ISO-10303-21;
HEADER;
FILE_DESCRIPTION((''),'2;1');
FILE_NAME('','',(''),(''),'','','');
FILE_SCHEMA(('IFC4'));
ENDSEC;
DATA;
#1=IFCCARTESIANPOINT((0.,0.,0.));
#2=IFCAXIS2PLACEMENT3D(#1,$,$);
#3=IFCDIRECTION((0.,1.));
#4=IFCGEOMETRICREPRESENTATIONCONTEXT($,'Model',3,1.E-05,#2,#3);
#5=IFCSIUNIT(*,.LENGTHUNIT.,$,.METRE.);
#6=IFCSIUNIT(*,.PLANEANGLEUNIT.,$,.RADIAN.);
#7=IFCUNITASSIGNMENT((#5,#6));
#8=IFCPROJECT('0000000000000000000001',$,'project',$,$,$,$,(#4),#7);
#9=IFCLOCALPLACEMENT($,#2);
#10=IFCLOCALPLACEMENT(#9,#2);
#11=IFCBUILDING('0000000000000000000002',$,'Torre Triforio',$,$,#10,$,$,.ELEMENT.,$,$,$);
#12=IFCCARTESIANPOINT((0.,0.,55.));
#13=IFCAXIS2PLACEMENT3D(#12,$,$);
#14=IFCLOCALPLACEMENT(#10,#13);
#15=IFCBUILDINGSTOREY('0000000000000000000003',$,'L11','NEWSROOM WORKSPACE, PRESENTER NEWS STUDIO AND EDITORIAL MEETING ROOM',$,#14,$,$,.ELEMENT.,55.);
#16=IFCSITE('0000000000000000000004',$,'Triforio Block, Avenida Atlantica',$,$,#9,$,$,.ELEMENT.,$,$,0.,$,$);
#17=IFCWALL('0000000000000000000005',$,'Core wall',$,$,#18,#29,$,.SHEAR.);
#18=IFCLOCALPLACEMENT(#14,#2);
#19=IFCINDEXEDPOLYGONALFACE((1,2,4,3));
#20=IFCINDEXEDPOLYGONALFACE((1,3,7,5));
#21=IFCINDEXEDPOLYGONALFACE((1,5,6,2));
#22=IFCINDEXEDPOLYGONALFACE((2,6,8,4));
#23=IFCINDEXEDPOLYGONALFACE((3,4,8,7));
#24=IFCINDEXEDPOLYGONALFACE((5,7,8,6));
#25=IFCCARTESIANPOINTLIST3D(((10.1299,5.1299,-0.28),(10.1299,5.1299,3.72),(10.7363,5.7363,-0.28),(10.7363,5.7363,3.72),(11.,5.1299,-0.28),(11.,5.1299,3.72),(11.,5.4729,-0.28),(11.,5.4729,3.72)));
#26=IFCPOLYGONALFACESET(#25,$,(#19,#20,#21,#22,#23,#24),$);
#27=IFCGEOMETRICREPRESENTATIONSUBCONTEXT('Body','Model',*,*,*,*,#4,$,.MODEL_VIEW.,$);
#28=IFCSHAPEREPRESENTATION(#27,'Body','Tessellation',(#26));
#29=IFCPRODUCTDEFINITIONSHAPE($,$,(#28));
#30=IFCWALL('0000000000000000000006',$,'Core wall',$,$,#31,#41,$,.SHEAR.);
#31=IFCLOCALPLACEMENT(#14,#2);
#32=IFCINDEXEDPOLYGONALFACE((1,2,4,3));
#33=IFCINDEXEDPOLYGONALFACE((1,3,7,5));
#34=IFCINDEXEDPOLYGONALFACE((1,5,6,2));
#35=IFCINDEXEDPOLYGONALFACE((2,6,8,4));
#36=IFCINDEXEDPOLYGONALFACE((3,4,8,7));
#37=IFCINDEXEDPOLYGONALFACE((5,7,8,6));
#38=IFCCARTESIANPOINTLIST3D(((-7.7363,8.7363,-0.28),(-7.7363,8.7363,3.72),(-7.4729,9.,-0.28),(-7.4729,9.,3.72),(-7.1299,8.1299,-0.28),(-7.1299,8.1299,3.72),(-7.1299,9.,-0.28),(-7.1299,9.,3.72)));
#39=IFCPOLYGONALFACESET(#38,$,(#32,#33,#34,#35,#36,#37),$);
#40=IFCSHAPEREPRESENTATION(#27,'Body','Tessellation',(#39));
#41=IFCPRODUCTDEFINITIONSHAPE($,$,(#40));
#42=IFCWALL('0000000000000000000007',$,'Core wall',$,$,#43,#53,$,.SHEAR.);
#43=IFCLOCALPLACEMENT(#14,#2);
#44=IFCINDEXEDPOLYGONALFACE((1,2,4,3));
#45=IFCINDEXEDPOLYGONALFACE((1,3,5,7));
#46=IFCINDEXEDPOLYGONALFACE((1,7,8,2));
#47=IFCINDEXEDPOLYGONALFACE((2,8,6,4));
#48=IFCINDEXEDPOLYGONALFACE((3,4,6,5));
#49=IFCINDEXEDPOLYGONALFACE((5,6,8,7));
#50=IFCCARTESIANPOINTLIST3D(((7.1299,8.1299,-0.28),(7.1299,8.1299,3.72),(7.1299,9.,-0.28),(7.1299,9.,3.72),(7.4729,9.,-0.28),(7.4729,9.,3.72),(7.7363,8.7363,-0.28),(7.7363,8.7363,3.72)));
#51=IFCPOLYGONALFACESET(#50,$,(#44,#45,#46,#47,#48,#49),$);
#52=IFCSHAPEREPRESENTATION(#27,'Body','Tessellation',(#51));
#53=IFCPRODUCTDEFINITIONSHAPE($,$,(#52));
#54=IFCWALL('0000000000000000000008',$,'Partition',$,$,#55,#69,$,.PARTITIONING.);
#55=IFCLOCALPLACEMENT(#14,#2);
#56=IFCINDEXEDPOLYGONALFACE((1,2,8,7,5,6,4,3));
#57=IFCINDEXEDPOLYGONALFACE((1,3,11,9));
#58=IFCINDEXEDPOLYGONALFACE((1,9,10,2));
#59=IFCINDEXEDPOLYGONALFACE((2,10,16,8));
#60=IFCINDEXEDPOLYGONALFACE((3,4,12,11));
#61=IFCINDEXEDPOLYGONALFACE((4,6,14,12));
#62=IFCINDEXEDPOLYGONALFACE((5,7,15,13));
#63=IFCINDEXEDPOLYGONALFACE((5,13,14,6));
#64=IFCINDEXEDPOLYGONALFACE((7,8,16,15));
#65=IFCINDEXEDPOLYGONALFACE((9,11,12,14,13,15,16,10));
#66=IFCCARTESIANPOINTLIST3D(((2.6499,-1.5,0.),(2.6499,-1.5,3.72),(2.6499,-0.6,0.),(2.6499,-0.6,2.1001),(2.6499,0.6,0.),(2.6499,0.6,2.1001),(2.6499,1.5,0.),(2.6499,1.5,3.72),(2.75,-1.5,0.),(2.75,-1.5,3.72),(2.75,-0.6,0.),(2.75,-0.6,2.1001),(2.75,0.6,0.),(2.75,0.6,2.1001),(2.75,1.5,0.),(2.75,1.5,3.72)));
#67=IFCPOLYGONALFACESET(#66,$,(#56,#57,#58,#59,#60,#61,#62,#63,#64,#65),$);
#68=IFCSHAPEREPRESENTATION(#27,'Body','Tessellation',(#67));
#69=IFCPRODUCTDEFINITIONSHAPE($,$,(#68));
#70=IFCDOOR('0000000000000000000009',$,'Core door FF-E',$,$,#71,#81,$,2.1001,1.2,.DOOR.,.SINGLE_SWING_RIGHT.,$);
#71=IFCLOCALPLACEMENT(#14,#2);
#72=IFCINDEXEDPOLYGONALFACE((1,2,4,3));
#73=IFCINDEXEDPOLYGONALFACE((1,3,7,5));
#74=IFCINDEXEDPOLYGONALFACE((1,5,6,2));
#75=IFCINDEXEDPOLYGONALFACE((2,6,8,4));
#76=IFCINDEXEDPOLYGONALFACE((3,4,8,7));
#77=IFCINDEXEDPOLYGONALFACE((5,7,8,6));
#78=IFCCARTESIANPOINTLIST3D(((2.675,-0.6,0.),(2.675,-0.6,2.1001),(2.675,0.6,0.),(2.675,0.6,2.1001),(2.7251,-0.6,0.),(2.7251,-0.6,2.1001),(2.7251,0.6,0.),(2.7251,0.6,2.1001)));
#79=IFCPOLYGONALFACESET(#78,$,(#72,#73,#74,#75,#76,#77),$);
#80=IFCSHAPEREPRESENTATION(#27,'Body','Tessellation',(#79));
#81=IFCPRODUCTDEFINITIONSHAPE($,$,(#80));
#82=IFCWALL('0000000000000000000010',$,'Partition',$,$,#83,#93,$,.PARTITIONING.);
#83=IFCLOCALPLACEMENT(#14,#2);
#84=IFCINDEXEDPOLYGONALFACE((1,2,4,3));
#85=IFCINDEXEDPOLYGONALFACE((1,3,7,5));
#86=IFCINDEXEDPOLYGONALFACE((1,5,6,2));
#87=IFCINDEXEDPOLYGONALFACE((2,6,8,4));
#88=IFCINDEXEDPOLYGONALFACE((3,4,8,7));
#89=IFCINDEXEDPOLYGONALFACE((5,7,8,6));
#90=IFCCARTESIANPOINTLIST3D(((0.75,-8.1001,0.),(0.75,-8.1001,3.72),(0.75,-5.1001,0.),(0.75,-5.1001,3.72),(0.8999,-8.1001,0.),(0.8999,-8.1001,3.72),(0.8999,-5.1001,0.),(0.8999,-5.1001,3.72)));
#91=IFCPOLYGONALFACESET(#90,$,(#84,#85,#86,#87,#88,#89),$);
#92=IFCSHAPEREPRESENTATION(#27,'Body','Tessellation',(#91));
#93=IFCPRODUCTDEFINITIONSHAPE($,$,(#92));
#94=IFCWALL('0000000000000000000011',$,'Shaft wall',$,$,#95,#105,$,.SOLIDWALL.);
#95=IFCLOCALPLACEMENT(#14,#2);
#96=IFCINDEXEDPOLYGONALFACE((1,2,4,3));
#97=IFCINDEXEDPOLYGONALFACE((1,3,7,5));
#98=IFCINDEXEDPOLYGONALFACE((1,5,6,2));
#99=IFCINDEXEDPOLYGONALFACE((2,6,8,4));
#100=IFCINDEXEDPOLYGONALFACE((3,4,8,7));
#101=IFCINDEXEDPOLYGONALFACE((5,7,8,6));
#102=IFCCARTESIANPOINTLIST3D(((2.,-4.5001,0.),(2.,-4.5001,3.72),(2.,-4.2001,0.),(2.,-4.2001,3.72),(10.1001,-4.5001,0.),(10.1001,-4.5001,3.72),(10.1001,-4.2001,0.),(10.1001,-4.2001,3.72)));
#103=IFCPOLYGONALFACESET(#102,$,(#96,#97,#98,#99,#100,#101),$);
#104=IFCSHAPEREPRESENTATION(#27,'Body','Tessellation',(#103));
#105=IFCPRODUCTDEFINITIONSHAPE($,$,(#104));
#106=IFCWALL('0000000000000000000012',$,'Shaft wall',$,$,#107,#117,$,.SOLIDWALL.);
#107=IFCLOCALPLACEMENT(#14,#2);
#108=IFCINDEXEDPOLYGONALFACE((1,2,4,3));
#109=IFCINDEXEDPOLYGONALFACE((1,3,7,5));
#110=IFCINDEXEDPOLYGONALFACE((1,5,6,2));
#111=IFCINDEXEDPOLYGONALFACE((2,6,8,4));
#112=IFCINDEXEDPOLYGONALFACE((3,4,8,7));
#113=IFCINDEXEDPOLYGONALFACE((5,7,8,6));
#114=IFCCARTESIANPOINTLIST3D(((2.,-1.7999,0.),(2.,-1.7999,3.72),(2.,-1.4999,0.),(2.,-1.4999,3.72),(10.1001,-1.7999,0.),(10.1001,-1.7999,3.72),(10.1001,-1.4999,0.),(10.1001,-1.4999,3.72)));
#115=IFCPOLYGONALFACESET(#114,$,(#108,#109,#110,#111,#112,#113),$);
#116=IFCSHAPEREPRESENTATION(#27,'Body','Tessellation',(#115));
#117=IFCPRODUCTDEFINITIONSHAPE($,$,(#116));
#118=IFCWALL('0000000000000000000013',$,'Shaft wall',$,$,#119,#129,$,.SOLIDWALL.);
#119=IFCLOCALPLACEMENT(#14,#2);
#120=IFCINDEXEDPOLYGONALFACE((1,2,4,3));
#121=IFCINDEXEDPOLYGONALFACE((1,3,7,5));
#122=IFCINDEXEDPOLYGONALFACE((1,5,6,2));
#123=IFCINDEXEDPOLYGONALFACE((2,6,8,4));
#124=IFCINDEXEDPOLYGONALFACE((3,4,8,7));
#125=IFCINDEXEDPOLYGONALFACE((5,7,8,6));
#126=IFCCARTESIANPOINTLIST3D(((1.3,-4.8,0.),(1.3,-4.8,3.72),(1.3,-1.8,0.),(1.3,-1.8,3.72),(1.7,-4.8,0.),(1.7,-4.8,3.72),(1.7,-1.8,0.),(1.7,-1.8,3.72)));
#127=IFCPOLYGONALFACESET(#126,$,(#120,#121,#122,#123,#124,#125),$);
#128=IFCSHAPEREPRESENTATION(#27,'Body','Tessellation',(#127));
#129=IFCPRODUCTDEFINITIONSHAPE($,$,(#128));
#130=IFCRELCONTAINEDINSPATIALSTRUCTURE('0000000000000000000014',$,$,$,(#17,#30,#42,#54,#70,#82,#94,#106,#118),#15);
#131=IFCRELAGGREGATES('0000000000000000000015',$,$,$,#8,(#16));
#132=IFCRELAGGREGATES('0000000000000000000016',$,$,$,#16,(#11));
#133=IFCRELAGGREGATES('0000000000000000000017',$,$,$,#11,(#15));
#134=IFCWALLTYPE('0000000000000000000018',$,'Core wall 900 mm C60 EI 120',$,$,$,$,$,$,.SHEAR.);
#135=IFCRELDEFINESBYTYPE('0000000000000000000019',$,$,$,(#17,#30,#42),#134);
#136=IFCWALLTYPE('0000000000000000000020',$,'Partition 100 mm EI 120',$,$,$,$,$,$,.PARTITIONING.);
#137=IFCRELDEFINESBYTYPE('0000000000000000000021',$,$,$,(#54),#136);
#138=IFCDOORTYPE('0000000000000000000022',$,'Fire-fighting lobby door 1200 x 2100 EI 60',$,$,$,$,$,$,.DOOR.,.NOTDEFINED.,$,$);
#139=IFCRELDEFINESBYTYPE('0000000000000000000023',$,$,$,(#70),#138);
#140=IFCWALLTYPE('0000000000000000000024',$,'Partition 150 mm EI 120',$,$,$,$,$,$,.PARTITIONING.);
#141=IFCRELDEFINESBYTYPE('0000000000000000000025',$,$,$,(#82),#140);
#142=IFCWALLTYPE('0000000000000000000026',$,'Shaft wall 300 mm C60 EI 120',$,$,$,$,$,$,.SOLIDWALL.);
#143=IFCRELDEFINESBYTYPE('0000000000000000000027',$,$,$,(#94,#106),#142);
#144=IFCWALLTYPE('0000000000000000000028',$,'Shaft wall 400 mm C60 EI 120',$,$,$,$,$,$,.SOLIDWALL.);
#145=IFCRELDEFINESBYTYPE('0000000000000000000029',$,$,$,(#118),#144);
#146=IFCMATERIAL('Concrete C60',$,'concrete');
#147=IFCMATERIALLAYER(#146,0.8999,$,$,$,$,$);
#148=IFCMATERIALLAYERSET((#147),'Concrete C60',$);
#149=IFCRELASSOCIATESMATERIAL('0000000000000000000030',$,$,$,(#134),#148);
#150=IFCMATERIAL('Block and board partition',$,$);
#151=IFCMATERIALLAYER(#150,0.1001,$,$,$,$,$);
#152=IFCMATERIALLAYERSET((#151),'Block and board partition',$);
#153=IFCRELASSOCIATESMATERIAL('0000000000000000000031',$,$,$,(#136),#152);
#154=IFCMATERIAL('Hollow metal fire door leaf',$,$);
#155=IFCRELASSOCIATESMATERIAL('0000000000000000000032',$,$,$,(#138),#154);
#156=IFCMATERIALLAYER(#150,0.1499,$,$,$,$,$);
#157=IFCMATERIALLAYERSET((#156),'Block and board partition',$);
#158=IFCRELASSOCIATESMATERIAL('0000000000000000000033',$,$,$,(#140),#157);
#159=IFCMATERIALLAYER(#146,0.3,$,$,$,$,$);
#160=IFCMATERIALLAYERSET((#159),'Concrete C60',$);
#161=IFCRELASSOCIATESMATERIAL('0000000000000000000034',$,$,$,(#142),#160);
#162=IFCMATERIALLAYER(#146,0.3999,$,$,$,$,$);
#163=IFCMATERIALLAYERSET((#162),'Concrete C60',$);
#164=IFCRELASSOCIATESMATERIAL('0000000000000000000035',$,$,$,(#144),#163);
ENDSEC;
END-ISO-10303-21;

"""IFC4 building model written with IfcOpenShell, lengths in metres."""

from ifc_helpers import new_model, si_unit, direction, frame, frame_2d, origin, place, context, subcontext, project, spatial, polyline, rectangle, outline, extrude, material, layer, layer_set, type_object, element, fill, save


model = new_model("IFC4")

# Units and contexts
model_context = context("Model", 3, precision=1e-05, world=origin(), true_north=direction((0.0, 1.0)))
body_context = subcontext(model_context, "Body", "Model", "MODEL_VIEW")
ifc_project = project(units=[si_unit("LENGTHUNIT", "METRE"), si_unit("PLANEANGLEUNIT", "RADIAN")], contexts=[model_context])

# Site, building, storey
site_placement = place(None, origin())
site = spatial("IfcSite", under=ifc_project, at=site_placement, Name="Triforio Block, Avenida Atlantica", CompositionType="ELEMENT", RefElevation=0.0)
building_placement = place(site_placement, origin())
building = spatial("IfcBuilding", under=site, at=building_placement, Name="Torre Triforio", CompositionType="ELEMENT")
storey_placement = place(building_placement, frame((0.0, 0.0, 55.0)))
storey = spatial("IfcBuildingStorey", under=building, at=storey_placement, Name="L11", Description="NEWSROOM WORKSPACE, PRESENTER NEWS STUDIO AND EDITORIAL MEETING ROOM", CompositionType="ELEMENT", Elevation=55.0)

# Shared definitions
ifc_material_1 = material(Name="Concrete C60", Category="concrete")

# Walls
ifc_layer_1 = layer(ifc_material_1, 0.8999)
ifc_layer_set_1 = layer_set([ifc_layer_1], Name="Concrete C60")
wall_type_1 = type_object("IfcWallType", Name="Core wall 900 mm C60 EI 120", PredefinedType="SHEAR", material=ifc_layer_set_1)
wall_1_placement = place(storey_placement, frame((0.0, 0.0, -0.28)))
element("IfcWall", 1, at=wall_1_placement, inside=storey, type_object=wall_type_1, Name="Core wall", PredefinedType="SHEAR", context=body_context, shape_type="SweptSolid", body=[
    extrude(outline(polyline([(11.0, 5.4729), (11.0, 5.1299), (10.1299, 5.1299), (10.7363, 5.7363), (11.0, 5.4729)])), origin(), (0.0, 0.0, 1.0), 4.0),
])
wall_2_placement = place(storey_placement, frame((0.0, 0.0, -0.28)))
element("IfcWall", 2, at=wall_2_placement, inside=storey, type_object=wall_type_1, Name="Core wall", PredefinedType="SHEAR", context=body_context, shape_type="SweptSolid", body=[
    extrude(outline(polyline([(-7.4729, 9.0), (-7.1299, 9.0), (-7.1299, 8.1299), (-7.7363, 8.7363), (-7.4729, 9.0)])), origin(), (0.0, 0.0, 1.0), 4.0),
])
wall_3_placement = place(storey_placement, frame((0.0, 0.0, -0.28)))
element("IfcWall", 3, at=wall_3_placement, inside=storey, type_object=wall_type_1, Name="Core wall", PredefinedType="SHEAR", context=body_context, shape_type="SweptSolid", body=[
    extrude(outline(polyline([(7.4729, 9.0), (7.7363, 8.7363), (7.1299, 8.1299), (7.1299, 9.0), (7.4729, 9.0)])), origin(), (0.0, 0.0, 1.0), 4.0),
])

# Wall, opening, door
ifc_material_2 = material(Name="Block and board partition")
ifc_layer_2 = layer(ifc_material_2, 0.1001)
ifc_layer_set_2 = layer_set([ifc_layer_2], Name="Block and board partition")
wall_type_2 = type_object("IfcWallType", Name="Partition 100 mm EI 120", PredefinedType="PARTITIONING", material=ifc_layer_set_2)
wall_4_placement = place(storey_placement, frame((2.7, -1.5, 0.0), z_axis=(0.0, 0.0, 1.0), x_axis=(0.0, 1.0, 0.0)))
wall_4 = element("IfcWall", 4, at=wall_4_placement, inside=storey, type_object=wall_type_2, Name="Partition", PredefinedType="PARTITIONING", context=body_context, shape_type="SweptSolid", body=[
    extrude(rectangle(XDim=3.0, YDim=0.1001, at=frame_2d((1.5, 0.0))), origin(), (0.0, 0.0, 1.0), 3.72),
])
opening_placement = place(wall_4_placement, frame((0.8999, 0.0, 0.0)))
opening = element("IfcOpeningElement", 5, at=opening_placement, cuts=wall_4, PredefinedType="OPENING", context=body_context, shape_type="SweptSolid", body=[
    extrude(rectangle(XDim=1.2, YDim=2.1001, at=frame_2d((0.6001, 1.05))), frame((0.0, 0.0601, 0.0), z_axis=(0.0, -1.0, 0.0), x_axis=(1.0, 0.0, 0.0)), (0.0, 0.0, 1.0), 0.1201),
])
ifc_material_3 = material(Name="Hollow metal fire door leaf")
door_type = type_object("IfcDoorType", Name="Fire-fighting lobby door 1200 x 2100 EI 60", OperationType="NOTDEFINED", PredefinedType="DOOR", material=ifc_material_3)
door_placement = place(opening_placement, origin())
door = element("IfcDoor", 6, at=door_placement, inside=storey, type_object=door_type, Name="Core door FF-E", OperationType="SINGLE_SWING_RIGHT", OverallHeight=2.1001, OverallWidth=1.2, PredefinedType="DOOR", context=body_context, shape_type="SweptSolid", body=[
    extrude(rectangle(XDim=1.2, YDim=2.1001, at=frame_2d((0.6001, 1.05))), frame((0.0, 0.0249, 0.0), z_axis=(0.0, -1.0, 0.0), x_axis=(1.0, 0.0, 0.0)), (0.0, 0.0, 1.0), 0.05),
])
fill(opening, door)

# Walls
ifc_layer_3 = layer(ifc_material_2, 0.1499)
ifc_layer_set_3 = layer_set([ifc_layer_3], Name="Block and board partition")
wall_type_3 = type_object("IfcWallType", Name="Partition 150 mm EI 120", PredefinedType="PARTITIONING", material=ifc_layer_set_3)
wall_5_placement = place(storey_placement, frame((0.825, -8.1001, 0.0), z_axis=(0.0, 0.0, 1.0), x_axis=(0.0, 1.0, 0.0)))
element("IfcWall", 7, at=wall_5_placement, inside=storey, type_object=wall_type_3, Name="Partition", PredefinedType="PARTITIONING", context=body_context, shape_type="SweptSolid", body=[
    extrude(rectangle(XDim=3.0, YDim=0.1499, at=frame_2d((1.5, 0.0))), origin(), (0.0, 0.0, 1.0), 3.72),
])
ifc_layer_4 = layer(ifc_material_1, 0.3)
ifc_layer_set_4 = layer_set([ifc_layer_4], Name="Concrete C60")
wall_type_4 = type_object("IfcWallType", Name="Shaft wall 300 mm C60 EI 120", PredefinedType="SOLIDWALL", material=ifc_layer_set_4)
for number, where, z_axis, x_axis, name in (
    (8, (2.0, -4.3501, 0.0), (0.0, 0.0, 1.0), (1.0, 0.0, 0.0), "Shaft wall"),
    (9, (2.0, -1.6499, 0.0), (0.0, 0.0, 1.0), (1.0, 0.0, 0.0), "Shaft wall"),
):
    element("IfcWall", number, at=place(storey_placement, frame(where, z_axis=z_axis, x_axis=x_axis)), inside=storey, type_object=wall_type_4, Name=name, PredefinedType="SOLIDWALL", context=body_context, shape_type="SweptSolid", body=[
        extrude(rectangle(XDim=8.1001, YDim=0.3, at=frame_2d((4.05, 0.0))), origin(), (0.0, 0.0, 1.0), 3.72),
    ])
ifc_layer_5 = layer(ifc_material_1, 0.3999)
ifc_layer_set_5 = layer_set([ifc_layer_5], Name="Concrete C60")
wall_type_5 = type_object("IfcWallType", Name="Shaft wall 400 mm C60 EI 120", PredefinedType="SOLIDWALL", material=ifc_layer_set_5)
wall_6_placement = place(storey_placement, frame((1.5, -4.8, 0.0), z_axis=(0.0, 0.0, 1.0), x_axis=(0.0, 1.0, 0.0)))
element("IfcWall", 10, at=wall_6_placement, inside=storey, type_object=wall_type_5, Name="Shaft wall", PredefinedType="SOLIDWALL", context=body_context, shape_type="SweptSolid", body=[
    extrude(rectangle(XDim=3.0, YDim=0.3999, at=frame_2d((1.5, 0.0))), origin(), (0.0, 0.0, 1.0), 3.72),
])

save(model, "model.ifc")
